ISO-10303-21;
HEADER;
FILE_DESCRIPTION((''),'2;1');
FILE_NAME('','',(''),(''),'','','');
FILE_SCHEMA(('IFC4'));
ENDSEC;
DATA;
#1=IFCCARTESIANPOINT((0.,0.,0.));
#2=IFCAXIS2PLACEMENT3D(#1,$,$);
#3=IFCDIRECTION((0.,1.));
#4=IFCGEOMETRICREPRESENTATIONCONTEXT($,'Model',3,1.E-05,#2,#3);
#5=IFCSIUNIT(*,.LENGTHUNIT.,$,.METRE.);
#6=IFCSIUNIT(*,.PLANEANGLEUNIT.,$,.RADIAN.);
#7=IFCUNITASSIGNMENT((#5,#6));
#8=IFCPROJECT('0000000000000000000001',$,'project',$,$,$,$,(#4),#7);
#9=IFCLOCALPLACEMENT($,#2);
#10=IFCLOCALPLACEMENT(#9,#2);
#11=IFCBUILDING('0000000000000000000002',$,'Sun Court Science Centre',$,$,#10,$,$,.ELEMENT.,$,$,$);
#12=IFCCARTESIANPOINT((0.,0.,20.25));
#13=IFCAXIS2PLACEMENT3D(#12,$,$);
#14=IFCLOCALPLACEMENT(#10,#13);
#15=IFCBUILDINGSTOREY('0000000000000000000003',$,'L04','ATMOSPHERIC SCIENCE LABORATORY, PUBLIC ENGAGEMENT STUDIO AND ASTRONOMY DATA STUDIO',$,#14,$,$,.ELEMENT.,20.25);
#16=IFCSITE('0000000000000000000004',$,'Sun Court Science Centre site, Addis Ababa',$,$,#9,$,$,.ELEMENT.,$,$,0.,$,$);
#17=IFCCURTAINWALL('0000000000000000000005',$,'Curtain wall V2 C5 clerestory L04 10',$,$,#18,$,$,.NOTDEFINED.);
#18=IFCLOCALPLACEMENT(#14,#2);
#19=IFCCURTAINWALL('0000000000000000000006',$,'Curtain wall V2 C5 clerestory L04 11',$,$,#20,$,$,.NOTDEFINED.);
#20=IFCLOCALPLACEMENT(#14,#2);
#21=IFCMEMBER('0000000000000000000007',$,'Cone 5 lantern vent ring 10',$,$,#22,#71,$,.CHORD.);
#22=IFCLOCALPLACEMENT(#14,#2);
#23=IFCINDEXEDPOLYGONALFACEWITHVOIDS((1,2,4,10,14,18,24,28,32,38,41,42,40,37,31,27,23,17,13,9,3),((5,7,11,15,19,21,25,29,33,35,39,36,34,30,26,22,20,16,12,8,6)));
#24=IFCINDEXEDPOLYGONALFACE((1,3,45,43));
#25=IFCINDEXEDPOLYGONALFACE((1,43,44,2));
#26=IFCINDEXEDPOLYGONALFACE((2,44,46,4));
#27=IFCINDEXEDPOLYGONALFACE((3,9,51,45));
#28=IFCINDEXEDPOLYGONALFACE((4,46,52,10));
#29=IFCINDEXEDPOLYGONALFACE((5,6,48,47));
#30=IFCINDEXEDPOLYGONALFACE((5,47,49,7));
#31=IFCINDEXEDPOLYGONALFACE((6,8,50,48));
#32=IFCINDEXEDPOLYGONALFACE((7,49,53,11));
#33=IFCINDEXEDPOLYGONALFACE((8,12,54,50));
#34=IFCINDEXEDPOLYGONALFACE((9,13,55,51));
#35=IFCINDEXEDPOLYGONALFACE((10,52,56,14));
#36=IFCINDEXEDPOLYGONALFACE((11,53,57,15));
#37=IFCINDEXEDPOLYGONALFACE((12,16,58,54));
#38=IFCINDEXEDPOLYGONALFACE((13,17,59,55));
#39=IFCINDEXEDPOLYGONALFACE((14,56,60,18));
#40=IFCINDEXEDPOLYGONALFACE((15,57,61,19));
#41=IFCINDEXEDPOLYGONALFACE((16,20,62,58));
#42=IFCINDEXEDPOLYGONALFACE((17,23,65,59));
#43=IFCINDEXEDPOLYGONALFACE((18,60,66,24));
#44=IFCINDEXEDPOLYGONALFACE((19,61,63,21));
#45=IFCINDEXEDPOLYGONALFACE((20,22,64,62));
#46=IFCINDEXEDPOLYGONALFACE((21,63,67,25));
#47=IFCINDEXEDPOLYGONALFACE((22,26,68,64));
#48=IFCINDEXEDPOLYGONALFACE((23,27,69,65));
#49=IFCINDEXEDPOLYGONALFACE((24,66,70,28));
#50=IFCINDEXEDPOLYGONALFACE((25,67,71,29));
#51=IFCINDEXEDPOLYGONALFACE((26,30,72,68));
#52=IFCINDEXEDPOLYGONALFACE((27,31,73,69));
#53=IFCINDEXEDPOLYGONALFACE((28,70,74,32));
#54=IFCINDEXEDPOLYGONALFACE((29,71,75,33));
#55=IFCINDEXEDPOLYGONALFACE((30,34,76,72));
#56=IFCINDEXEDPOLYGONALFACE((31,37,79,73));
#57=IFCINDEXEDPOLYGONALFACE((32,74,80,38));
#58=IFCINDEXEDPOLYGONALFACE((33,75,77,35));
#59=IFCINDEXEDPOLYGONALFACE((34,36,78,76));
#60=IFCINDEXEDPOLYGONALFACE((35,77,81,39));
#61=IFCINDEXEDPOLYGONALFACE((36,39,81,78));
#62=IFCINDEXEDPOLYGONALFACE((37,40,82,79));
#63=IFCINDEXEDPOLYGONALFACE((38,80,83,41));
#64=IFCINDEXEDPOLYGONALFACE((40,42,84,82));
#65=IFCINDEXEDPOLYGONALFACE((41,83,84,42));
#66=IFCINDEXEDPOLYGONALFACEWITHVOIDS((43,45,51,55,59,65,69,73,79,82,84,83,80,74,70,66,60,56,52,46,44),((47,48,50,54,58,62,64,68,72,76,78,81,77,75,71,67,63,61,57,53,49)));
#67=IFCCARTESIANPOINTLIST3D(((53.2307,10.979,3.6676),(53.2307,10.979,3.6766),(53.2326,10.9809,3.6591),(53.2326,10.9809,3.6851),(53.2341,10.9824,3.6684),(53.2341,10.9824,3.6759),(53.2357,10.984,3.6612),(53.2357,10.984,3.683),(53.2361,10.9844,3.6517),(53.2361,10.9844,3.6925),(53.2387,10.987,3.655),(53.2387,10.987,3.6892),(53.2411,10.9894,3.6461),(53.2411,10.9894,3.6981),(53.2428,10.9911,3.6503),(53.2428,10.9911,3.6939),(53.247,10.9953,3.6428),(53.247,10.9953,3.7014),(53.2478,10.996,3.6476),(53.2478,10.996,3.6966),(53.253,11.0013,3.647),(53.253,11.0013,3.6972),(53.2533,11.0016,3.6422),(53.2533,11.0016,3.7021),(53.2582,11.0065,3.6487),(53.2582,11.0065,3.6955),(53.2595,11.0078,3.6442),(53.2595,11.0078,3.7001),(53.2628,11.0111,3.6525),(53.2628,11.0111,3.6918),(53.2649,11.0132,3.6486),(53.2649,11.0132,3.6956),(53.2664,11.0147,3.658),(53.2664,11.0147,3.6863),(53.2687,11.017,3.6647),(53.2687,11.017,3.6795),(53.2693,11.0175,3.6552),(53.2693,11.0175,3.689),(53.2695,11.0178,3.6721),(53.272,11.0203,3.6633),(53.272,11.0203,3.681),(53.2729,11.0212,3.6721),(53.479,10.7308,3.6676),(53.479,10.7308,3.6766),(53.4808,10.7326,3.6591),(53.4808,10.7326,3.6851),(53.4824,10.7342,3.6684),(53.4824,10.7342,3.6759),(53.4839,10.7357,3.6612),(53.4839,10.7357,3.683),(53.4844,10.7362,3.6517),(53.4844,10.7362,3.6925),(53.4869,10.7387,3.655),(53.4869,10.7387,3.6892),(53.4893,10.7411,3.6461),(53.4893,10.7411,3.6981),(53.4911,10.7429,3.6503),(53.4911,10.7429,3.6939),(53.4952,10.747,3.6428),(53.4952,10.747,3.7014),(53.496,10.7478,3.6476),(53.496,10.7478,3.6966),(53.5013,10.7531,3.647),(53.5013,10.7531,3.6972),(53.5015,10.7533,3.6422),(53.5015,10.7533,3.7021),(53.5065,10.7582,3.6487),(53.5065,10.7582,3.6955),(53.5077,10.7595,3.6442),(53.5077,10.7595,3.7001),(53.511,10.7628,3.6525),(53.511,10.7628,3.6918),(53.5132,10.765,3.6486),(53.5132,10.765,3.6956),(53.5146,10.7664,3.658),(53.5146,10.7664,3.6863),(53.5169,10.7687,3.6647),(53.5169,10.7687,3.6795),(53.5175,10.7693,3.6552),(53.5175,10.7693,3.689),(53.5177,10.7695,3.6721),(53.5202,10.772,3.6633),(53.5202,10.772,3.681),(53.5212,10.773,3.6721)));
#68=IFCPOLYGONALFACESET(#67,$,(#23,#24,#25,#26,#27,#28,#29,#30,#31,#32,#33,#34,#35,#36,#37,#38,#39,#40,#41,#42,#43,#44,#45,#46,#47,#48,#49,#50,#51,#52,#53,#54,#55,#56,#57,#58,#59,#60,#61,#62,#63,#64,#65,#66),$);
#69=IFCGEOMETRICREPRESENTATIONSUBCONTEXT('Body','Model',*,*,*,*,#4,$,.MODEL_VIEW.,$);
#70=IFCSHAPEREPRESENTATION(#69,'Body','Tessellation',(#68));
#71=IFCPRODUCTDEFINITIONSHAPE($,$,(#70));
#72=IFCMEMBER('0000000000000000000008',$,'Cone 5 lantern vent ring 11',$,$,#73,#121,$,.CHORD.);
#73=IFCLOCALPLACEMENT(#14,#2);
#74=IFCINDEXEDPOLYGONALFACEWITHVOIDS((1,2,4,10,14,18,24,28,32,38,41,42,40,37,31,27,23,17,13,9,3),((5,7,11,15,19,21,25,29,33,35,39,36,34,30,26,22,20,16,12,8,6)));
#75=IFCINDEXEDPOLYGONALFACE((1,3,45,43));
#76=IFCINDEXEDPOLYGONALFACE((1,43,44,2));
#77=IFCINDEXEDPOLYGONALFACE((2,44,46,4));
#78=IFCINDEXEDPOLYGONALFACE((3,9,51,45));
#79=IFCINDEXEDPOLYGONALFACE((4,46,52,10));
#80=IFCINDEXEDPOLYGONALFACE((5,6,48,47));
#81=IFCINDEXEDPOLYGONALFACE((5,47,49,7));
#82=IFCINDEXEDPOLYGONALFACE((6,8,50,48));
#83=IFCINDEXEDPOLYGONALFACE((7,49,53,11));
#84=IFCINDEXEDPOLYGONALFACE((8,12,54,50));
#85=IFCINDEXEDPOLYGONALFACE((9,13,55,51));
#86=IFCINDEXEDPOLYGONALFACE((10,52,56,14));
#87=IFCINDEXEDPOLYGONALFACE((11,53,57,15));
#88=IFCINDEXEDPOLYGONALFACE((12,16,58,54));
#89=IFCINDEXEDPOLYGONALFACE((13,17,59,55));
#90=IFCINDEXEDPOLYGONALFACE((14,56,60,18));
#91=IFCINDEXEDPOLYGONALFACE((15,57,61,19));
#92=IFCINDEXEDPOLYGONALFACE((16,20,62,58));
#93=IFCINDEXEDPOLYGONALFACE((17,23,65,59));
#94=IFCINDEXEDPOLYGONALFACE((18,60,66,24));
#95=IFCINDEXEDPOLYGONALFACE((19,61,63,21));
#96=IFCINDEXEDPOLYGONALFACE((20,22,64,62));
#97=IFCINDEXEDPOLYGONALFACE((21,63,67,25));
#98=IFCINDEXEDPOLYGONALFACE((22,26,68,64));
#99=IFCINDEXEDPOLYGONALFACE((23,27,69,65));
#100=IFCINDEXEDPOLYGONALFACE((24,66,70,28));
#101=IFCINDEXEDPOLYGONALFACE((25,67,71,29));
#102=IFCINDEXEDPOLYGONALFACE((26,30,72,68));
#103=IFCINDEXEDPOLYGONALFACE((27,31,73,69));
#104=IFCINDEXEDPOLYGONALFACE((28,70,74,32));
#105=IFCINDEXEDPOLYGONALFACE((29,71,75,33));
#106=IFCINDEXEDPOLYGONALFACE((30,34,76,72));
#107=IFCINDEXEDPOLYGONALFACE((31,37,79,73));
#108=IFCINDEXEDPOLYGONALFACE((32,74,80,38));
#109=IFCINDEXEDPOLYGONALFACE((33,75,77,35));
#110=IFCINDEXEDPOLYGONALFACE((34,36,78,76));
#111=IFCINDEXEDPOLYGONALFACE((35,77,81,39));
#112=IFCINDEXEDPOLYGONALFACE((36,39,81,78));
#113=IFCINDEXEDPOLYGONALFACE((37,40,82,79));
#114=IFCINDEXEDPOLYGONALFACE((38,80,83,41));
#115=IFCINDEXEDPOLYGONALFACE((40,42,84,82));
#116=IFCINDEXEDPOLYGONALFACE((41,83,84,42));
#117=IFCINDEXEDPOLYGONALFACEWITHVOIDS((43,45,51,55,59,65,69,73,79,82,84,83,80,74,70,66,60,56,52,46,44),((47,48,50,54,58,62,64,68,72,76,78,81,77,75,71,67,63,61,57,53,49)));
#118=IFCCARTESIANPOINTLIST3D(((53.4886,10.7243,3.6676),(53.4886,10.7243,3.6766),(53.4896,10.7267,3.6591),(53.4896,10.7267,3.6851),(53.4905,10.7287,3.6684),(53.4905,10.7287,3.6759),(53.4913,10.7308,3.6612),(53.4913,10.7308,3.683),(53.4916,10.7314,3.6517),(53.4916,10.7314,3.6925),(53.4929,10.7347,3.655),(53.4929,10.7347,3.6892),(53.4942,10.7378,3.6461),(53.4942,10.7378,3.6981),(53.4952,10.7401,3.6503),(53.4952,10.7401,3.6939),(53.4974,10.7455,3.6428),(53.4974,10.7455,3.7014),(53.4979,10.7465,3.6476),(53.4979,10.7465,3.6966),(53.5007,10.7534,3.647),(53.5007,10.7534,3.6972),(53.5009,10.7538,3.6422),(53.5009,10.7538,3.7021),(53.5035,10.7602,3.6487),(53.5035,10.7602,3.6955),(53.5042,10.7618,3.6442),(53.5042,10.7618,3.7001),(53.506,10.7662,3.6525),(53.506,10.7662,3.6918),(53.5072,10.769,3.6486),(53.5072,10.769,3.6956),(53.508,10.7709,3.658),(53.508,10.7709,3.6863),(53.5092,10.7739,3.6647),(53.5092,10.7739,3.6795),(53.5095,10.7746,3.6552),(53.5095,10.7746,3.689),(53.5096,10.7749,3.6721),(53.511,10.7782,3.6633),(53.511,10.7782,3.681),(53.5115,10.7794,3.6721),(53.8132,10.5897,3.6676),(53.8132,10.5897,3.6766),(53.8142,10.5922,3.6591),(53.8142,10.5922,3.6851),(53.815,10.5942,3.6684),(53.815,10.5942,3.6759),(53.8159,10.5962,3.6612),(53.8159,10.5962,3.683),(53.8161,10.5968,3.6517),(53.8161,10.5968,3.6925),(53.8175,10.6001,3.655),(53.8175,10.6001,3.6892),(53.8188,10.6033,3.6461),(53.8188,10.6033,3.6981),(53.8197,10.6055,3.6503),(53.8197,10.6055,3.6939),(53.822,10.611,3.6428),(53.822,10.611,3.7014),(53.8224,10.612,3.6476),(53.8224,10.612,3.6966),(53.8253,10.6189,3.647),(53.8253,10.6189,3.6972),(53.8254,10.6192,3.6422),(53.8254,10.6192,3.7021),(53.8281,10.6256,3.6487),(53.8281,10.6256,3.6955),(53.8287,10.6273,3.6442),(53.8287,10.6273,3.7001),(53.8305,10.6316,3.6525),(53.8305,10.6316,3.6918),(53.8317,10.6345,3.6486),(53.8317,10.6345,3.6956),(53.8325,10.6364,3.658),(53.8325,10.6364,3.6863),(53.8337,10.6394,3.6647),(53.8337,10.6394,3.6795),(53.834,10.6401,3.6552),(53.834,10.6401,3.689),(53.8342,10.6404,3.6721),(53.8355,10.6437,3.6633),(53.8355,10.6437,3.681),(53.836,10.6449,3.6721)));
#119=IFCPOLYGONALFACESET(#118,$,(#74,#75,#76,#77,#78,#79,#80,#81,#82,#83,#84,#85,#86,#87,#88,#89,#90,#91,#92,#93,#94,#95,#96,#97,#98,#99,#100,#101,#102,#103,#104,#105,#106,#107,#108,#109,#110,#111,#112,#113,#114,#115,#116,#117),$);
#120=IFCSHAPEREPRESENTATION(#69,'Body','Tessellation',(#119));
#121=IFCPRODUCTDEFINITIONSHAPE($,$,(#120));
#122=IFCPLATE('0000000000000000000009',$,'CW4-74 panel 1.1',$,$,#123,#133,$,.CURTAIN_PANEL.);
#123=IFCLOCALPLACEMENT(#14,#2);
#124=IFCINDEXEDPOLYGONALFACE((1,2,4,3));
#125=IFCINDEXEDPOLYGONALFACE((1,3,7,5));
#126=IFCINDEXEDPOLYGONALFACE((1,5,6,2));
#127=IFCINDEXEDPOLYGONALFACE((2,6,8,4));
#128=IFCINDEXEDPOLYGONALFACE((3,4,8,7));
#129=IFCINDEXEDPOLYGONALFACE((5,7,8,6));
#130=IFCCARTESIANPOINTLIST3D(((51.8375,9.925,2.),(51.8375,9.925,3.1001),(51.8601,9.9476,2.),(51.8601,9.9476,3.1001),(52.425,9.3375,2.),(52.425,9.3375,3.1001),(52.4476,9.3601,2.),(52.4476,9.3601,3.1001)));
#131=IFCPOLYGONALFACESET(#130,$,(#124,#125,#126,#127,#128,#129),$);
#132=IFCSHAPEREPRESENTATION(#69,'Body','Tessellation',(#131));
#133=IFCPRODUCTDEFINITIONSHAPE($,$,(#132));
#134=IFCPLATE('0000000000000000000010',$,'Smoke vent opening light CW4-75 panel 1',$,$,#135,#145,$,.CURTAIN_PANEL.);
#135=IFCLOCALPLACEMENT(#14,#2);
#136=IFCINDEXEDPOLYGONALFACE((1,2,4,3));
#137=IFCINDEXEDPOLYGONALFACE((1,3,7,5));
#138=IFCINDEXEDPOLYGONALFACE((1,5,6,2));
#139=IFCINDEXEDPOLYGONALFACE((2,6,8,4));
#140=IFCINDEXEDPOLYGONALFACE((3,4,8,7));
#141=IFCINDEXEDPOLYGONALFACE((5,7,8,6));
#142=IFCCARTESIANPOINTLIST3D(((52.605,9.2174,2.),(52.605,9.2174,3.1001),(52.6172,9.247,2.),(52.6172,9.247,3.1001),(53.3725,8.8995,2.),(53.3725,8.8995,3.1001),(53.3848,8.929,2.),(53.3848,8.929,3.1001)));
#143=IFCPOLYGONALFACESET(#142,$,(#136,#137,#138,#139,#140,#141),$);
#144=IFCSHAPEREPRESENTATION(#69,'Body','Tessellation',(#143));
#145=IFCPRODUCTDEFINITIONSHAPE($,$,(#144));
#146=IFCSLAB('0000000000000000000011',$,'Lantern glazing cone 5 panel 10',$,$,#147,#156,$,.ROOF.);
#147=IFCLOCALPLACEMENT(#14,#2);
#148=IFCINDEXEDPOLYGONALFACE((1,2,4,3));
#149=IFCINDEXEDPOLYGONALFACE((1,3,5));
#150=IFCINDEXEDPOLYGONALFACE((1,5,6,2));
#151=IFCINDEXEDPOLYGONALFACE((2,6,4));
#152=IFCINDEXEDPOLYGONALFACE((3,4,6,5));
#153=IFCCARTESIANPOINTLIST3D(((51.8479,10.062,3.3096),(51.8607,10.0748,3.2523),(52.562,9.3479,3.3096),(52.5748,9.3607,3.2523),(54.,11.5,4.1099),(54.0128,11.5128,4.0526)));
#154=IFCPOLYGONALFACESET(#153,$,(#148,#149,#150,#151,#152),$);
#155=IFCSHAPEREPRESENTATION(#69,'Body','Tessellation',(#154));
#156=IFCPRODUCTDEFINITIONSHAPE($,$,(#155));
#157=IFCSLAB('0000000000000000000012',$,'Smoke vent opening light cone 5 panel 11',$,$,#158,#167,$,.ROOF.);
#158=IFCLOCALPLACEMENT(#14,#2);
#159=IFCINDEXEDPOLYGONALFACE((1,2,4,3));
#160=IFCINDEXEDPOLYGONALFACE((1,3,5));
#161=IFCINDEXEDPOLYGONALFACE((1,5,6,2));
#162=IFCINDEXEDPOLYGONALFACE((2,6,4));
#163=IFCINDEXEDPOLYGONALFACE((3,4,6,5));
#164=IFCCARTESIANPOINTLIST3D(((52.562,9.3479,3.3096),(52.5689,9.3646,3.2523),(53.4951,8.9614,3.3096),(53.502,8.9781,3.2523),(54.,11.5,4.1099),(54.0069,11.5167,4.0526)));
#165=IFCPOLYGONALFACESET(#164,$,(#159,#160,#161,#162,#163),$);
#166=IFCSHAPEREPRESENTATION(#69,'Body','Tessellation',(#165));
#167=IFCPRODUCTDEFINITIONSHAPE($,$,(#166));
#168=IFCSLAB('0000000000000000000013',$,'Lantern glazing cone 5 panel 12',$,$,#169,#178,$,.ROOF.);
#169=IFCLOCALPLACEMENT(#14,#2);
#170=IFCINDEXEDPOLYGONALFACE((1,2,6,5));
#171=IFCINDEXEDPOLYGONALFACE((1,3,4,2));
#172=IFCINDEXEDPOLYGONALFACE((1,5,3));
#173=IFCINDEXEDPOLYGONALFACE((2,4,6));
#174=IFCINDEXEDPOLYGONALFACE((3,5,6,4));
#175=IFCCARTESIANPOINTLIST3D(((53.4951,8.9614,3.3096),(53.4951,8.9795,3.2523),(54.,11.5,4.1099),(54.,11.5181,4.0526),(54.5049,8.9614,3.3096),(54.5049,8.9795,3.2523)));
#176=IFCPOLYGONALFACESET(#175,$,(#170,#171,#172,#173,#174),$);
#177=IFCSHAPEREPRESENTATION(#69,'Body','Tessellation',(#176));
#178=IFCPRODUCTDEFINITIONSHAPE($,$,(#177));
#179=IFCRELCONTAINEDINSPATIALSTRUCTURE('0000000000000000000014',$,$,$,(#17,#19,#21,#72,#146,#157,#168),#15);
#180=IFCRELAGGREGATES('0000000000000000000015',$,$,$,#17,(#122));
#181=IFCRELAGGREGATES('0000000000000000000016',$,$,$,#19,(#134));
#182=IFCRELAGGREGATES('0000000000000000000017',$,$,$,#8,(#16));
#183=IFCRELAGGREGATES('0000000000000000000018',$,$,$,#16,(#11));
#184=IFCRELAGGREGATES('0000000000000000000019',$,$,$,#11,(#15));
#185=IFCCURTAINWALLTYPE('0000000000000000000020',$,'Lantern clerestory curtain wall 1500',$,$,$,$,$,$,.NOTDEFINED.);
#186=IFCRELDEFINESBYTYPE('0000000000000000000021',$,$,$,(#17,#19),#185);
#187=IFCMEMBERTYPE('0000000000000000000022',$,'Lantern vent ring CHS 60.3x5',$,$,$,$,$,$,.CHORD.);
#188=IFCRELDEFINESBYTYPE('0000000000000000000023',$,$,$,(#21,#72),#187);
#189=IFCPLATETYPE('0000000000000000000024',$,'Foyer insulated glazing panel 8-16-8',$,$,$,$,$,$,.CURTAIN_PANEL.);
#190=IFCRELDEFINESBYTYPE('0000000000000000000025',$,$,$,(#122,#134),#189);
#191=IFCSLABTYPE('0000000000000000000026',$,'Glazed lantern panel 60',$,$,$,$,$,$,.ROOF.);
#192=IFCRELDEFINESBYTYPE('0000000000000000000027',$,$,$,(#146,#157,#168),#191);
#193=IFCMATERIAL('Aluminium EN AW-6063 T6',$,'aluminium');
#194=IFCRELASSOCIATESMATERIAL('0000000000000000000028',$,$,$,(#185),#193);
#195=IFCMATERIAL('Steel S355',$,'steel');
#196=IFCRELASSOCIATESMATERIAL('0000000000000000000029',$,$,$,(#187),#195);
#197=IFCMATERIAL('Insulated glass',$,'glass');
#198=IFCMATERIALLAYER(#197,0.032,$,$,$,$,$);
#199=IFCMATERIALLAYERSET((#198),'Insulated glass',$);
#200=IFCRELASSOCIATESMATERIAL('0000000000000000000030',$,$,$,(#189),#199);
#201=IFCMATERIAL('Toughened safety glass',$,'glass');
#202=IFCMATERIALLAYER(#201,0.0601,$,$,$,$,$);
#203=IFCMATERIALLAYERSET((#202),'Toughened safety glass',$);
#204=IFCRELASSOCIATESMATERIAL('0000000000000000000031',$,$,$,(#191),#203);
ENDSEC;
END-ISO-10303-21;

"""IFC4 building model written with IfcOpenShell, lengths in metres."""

from ifc_helpers import new_model, si_unit, direction, frame, origin, origin_2d, place, context, subcontext, project, spatial, polyline, rectangle, hollow_circle, outline, extrude, material, layer, layer_set, material_profile, profile_set, type_object, element, aggregate, save


model = new_model("IFC4")

# Units and contexts
model_context = context("Model", 3, precision=1e-05, world=origin(), true_north=direction((0.0, 1.0)))
body_context = subcontext(model_context, "Body", "Model", "MODEL_VIEW")
ifc_project = project(units=[si_unit("LENGTHUNIT", "METRE"), si_unit("PLANEANGLEUNIT", "RADIAN")], contexts=[model_context])

# Site, building, storey
site_placement = place(None, origin())
site = spatial("IfcSite", under=ifc_project, at=site_placement, Name="Sun Court Science Centre site, Addis Ababa", CompositionType="ELEMENT", RefElevation=0.0)
building_placement = place(site_placement, origin())
building = spatial("IfcBuilding", under=site, at=building_placement, Name="Sun Court Science Centre", CompositionType="ELEMENT")
storey_placement = place(building_placement, frame((0.0, 0.0, 20.25)))
storey = spatial("IfcBuildingStorey", under=building, at=storey_placement, Name="L04", Description="ATMOSPHERIC SCIENCE LABORATORY, PUBLIC ENGAGEMENT STUDIO AND ASTRONOMY DATA STUDIO", CompositionType="ELEMENT", Elevation=20.25)

# Curtain wall
ifc_material_1 = material(Name="Aluminium EN AW-6063 T6", Category="aluminium")
curtain_wall_type = type_object("IfcCurtainWallType", Name="Lantern clerestory curtain wall 1500", PredefinedType="NOTDEFINED", material=ifc_material_1)
curtain_wall_1_placement = place(storey_placement, origin())
curtain_wall_1 = element("IfcCurtainWall", 1, at=curtain_wall_1_placement, inside=storey, type_object=curtain_wall_type, Name="Curtain wall V2 C5 clerestory L04 10", PredefinedType="NOTDEFINED")

# Curtain wall
curtain_wall_2_placement = place(storey_placement, origin())
curtain_wall_2 = element("IfcCurtainWall", 2, at=curtain_wall_2_placement, inside=storey, type_object=curtain_wall_type, Name="Curtain wall V2 C5 clerestory L04 11", PredefinedType="NOTDEFINED")

# Members
ifc_material_2 = material(Name="Steel S355", Category="steel")
ifc_material_profile_1 = material_profile(ifc_material_2, hollow_circle(Radius=0.03, WallThickness=0.0049, at=origin_2d()), Name="CHS 60.3x5")
ifc_profile_set_1 = profile_set([ifc_material_profile_1], Name="Steel S355")
member_type_1 = type_object("IfcMemberType", Name="Lantern vent ring CHS 60.3x5", PredefinedType="CHORD", material=ifc_profile_set_1)
member_1_placement = place(storey_placement, frame((53.2517, 11.0, 3.6721), z_axis=(0.707107, -0.707107, 0.0), x_axis=(0.707107, 0.707107, 0.0)))
element("IfcMember", 3, at=member_1_placement, inside=storey, type_object=member_type_1, Name="Cone 5 lantern vent ring 10", PredefinedType="CHORD", context=body_context, shape_type="SweptSolid", body=[
    extrude(hollow_circle(Radius=0.03, WallThickness=0.0049, at=origin_2d()), origin(), (0.0, 0.0, 1.0), 0.3511),
])
member_2_placement = place(storey_placement, frame((53.5, 10.7517, 3.6721), z_axis=(0.923754, -0.382986, 0.0), x_axis=(0.382986, 0.923754, 0.0)))
element("IfcMember", 4, at=member_2_placement, inside=storey, type_object=member_type_1, Name="Cone 5 lantern vent ring 11", PredefinedType="CHORD", context=body_context, shape_type="SweptSolid", body=[
    extrude(hollow_circle(Radius=0.03, WallThickness=0.0049, at=origin_2d()), origin(), (0.0, 0.0, 1.0), 0.3513),
])

# Plates
ifc_material_3 = material(Name="Insulated glass", Category="glass")
ifc_layer_1 = layer(ifc_material_3, 0.032)
ifc_layer_set_1 = layer_set([ifc_layer_1], Name="Insulated glass")
plate_type = type_object("IfcPlateType", Name="Foyer insulated glazing panel 8-16-8", PredefinedType="CURTAIN_PANEL", material=ifc_layer_set_1)
plate_1_placement = place(storey_placement, frame((52.1426, 9.6426, 2.0), z_axis=(0.0, 0.0, 1.0), x_axis=(-0.707107, 0.707107, 0.0)))
plate_1 = element("IfcPlate", 5, at=plate_1_placement, type_object=plate_type, Name="CW4-74 panel 1.1", PredefinedType="CURTAIN_PANEL", context=body_context, shape_type="SweptSolid", body=[
    extrude(rectangle(XDim=0.8308, YDim=0.032, at=origin_2d()), origin(), (0.0, 0.0, 1.0), 1.1001),
])
aggregate(curtain_wall_1, [plate_1])
plate_2_placement = place(storey_placement, frame((52.9949, 9.0732, 2.0), z_axis=(0.0, 0.0, 1.0), x_axis=(-0.92388, 0.382683, 0.0)))
plate_2 = element("IfcPlate", 6, at=plate_2_placement, type_object=plate_type, Name="Smoke vent opening light CW4-75 panel 1", PredefinedType="CURTAIN_PANEL", context=body_context, shape_type="SweptSolid", body=[
    extrude(rectangle(XDim=0.8308, YDim=0.032, at=origin_2d()), origin(), (0.0, 0.0, 1.0), 1.1001),
])
aggregate(curtain_wall_2, [plate_2])

# Slabs
ifc_material_4 = material(Name="Toughened safety glass", Category="glass")
ifc_layer_2 = layer(ifc_material_4, 0.0601)
ifc_layer_set_2 = layer_set([ifc_layer_2], Name="Toughened safety glass")
slab_type = type_object("IfcSlabType", Name="Glazed lantern panel 60", PredefinedType="ROOF", material=ifc_layer_set_2)
slab_1_placement = place(storey_placement, frame((51.8479, 10.062, 3.3096), z_axis=(-0.212603, -0.212603, 0.95373), x_axis=(0.707107, -0.707107, 0.0)))
element("IfcSlab", 7, at=slab_1_placement, inside=storey, type_object=slab_type, Name="Lantern glazing cone 5 panel 10", PredefinedType="ROOF", context=body_context, shape_type="SweptSolid", body=[
    extrude(outline(polyline([(0.0, 0.0), (1.0099, 0.0), (0.505, 2.6617), (0.0, 0.0)])), origin(), (0.0, 0.0, -1.0), 0.0601),
])
slab_2_placement = place(storey_placement, frame((52.562, 9.3479, 3.3096), z_axis=(-0.115053, -0.277784, 0.953729), x_axis=(0.92389, -0.382658, 0.0)))
element("IfcSlab", 8, at=slab_2_placement, inside=storey, type_object=slab_type, Name="Smoke vent opening light cone 5 panel 11", PredefinedType="ROOF", context=body_context, shape_type="SweptSolid", body=[
    extrude(outline(polyline([(0.0, 0.0), (1.01, 0.0), (0.505, 2.6617), (0.0, 0.0)])), origin(), (0.0, 0.0, -1.0), 0.0601),
])
slab_3_placement = place(storey_placement, frame((53.4951, 8.9614, 3.3096), z_axis=(0.0, -0.300666, 0.953729), x_axis=(1.0, 0.0, 0.0)))
element("IfcSlab", 9, at=slab_3_placement, inside=storey, type_object=slab_type, Name="Lantern glazing cone 5 panel 12", PredefinedType="ROOF", context=body_context, shape_type="SweptSolid", body=[
    extrude(outline(polyline([(0.0, 0.0), (1.0098, 0.0), (0.5049, 2.6617), (0.0, 0.0)])), origin(), (0.0, 0.0, -1.0), 0.0601),
])

save(model, "model.ifc")
